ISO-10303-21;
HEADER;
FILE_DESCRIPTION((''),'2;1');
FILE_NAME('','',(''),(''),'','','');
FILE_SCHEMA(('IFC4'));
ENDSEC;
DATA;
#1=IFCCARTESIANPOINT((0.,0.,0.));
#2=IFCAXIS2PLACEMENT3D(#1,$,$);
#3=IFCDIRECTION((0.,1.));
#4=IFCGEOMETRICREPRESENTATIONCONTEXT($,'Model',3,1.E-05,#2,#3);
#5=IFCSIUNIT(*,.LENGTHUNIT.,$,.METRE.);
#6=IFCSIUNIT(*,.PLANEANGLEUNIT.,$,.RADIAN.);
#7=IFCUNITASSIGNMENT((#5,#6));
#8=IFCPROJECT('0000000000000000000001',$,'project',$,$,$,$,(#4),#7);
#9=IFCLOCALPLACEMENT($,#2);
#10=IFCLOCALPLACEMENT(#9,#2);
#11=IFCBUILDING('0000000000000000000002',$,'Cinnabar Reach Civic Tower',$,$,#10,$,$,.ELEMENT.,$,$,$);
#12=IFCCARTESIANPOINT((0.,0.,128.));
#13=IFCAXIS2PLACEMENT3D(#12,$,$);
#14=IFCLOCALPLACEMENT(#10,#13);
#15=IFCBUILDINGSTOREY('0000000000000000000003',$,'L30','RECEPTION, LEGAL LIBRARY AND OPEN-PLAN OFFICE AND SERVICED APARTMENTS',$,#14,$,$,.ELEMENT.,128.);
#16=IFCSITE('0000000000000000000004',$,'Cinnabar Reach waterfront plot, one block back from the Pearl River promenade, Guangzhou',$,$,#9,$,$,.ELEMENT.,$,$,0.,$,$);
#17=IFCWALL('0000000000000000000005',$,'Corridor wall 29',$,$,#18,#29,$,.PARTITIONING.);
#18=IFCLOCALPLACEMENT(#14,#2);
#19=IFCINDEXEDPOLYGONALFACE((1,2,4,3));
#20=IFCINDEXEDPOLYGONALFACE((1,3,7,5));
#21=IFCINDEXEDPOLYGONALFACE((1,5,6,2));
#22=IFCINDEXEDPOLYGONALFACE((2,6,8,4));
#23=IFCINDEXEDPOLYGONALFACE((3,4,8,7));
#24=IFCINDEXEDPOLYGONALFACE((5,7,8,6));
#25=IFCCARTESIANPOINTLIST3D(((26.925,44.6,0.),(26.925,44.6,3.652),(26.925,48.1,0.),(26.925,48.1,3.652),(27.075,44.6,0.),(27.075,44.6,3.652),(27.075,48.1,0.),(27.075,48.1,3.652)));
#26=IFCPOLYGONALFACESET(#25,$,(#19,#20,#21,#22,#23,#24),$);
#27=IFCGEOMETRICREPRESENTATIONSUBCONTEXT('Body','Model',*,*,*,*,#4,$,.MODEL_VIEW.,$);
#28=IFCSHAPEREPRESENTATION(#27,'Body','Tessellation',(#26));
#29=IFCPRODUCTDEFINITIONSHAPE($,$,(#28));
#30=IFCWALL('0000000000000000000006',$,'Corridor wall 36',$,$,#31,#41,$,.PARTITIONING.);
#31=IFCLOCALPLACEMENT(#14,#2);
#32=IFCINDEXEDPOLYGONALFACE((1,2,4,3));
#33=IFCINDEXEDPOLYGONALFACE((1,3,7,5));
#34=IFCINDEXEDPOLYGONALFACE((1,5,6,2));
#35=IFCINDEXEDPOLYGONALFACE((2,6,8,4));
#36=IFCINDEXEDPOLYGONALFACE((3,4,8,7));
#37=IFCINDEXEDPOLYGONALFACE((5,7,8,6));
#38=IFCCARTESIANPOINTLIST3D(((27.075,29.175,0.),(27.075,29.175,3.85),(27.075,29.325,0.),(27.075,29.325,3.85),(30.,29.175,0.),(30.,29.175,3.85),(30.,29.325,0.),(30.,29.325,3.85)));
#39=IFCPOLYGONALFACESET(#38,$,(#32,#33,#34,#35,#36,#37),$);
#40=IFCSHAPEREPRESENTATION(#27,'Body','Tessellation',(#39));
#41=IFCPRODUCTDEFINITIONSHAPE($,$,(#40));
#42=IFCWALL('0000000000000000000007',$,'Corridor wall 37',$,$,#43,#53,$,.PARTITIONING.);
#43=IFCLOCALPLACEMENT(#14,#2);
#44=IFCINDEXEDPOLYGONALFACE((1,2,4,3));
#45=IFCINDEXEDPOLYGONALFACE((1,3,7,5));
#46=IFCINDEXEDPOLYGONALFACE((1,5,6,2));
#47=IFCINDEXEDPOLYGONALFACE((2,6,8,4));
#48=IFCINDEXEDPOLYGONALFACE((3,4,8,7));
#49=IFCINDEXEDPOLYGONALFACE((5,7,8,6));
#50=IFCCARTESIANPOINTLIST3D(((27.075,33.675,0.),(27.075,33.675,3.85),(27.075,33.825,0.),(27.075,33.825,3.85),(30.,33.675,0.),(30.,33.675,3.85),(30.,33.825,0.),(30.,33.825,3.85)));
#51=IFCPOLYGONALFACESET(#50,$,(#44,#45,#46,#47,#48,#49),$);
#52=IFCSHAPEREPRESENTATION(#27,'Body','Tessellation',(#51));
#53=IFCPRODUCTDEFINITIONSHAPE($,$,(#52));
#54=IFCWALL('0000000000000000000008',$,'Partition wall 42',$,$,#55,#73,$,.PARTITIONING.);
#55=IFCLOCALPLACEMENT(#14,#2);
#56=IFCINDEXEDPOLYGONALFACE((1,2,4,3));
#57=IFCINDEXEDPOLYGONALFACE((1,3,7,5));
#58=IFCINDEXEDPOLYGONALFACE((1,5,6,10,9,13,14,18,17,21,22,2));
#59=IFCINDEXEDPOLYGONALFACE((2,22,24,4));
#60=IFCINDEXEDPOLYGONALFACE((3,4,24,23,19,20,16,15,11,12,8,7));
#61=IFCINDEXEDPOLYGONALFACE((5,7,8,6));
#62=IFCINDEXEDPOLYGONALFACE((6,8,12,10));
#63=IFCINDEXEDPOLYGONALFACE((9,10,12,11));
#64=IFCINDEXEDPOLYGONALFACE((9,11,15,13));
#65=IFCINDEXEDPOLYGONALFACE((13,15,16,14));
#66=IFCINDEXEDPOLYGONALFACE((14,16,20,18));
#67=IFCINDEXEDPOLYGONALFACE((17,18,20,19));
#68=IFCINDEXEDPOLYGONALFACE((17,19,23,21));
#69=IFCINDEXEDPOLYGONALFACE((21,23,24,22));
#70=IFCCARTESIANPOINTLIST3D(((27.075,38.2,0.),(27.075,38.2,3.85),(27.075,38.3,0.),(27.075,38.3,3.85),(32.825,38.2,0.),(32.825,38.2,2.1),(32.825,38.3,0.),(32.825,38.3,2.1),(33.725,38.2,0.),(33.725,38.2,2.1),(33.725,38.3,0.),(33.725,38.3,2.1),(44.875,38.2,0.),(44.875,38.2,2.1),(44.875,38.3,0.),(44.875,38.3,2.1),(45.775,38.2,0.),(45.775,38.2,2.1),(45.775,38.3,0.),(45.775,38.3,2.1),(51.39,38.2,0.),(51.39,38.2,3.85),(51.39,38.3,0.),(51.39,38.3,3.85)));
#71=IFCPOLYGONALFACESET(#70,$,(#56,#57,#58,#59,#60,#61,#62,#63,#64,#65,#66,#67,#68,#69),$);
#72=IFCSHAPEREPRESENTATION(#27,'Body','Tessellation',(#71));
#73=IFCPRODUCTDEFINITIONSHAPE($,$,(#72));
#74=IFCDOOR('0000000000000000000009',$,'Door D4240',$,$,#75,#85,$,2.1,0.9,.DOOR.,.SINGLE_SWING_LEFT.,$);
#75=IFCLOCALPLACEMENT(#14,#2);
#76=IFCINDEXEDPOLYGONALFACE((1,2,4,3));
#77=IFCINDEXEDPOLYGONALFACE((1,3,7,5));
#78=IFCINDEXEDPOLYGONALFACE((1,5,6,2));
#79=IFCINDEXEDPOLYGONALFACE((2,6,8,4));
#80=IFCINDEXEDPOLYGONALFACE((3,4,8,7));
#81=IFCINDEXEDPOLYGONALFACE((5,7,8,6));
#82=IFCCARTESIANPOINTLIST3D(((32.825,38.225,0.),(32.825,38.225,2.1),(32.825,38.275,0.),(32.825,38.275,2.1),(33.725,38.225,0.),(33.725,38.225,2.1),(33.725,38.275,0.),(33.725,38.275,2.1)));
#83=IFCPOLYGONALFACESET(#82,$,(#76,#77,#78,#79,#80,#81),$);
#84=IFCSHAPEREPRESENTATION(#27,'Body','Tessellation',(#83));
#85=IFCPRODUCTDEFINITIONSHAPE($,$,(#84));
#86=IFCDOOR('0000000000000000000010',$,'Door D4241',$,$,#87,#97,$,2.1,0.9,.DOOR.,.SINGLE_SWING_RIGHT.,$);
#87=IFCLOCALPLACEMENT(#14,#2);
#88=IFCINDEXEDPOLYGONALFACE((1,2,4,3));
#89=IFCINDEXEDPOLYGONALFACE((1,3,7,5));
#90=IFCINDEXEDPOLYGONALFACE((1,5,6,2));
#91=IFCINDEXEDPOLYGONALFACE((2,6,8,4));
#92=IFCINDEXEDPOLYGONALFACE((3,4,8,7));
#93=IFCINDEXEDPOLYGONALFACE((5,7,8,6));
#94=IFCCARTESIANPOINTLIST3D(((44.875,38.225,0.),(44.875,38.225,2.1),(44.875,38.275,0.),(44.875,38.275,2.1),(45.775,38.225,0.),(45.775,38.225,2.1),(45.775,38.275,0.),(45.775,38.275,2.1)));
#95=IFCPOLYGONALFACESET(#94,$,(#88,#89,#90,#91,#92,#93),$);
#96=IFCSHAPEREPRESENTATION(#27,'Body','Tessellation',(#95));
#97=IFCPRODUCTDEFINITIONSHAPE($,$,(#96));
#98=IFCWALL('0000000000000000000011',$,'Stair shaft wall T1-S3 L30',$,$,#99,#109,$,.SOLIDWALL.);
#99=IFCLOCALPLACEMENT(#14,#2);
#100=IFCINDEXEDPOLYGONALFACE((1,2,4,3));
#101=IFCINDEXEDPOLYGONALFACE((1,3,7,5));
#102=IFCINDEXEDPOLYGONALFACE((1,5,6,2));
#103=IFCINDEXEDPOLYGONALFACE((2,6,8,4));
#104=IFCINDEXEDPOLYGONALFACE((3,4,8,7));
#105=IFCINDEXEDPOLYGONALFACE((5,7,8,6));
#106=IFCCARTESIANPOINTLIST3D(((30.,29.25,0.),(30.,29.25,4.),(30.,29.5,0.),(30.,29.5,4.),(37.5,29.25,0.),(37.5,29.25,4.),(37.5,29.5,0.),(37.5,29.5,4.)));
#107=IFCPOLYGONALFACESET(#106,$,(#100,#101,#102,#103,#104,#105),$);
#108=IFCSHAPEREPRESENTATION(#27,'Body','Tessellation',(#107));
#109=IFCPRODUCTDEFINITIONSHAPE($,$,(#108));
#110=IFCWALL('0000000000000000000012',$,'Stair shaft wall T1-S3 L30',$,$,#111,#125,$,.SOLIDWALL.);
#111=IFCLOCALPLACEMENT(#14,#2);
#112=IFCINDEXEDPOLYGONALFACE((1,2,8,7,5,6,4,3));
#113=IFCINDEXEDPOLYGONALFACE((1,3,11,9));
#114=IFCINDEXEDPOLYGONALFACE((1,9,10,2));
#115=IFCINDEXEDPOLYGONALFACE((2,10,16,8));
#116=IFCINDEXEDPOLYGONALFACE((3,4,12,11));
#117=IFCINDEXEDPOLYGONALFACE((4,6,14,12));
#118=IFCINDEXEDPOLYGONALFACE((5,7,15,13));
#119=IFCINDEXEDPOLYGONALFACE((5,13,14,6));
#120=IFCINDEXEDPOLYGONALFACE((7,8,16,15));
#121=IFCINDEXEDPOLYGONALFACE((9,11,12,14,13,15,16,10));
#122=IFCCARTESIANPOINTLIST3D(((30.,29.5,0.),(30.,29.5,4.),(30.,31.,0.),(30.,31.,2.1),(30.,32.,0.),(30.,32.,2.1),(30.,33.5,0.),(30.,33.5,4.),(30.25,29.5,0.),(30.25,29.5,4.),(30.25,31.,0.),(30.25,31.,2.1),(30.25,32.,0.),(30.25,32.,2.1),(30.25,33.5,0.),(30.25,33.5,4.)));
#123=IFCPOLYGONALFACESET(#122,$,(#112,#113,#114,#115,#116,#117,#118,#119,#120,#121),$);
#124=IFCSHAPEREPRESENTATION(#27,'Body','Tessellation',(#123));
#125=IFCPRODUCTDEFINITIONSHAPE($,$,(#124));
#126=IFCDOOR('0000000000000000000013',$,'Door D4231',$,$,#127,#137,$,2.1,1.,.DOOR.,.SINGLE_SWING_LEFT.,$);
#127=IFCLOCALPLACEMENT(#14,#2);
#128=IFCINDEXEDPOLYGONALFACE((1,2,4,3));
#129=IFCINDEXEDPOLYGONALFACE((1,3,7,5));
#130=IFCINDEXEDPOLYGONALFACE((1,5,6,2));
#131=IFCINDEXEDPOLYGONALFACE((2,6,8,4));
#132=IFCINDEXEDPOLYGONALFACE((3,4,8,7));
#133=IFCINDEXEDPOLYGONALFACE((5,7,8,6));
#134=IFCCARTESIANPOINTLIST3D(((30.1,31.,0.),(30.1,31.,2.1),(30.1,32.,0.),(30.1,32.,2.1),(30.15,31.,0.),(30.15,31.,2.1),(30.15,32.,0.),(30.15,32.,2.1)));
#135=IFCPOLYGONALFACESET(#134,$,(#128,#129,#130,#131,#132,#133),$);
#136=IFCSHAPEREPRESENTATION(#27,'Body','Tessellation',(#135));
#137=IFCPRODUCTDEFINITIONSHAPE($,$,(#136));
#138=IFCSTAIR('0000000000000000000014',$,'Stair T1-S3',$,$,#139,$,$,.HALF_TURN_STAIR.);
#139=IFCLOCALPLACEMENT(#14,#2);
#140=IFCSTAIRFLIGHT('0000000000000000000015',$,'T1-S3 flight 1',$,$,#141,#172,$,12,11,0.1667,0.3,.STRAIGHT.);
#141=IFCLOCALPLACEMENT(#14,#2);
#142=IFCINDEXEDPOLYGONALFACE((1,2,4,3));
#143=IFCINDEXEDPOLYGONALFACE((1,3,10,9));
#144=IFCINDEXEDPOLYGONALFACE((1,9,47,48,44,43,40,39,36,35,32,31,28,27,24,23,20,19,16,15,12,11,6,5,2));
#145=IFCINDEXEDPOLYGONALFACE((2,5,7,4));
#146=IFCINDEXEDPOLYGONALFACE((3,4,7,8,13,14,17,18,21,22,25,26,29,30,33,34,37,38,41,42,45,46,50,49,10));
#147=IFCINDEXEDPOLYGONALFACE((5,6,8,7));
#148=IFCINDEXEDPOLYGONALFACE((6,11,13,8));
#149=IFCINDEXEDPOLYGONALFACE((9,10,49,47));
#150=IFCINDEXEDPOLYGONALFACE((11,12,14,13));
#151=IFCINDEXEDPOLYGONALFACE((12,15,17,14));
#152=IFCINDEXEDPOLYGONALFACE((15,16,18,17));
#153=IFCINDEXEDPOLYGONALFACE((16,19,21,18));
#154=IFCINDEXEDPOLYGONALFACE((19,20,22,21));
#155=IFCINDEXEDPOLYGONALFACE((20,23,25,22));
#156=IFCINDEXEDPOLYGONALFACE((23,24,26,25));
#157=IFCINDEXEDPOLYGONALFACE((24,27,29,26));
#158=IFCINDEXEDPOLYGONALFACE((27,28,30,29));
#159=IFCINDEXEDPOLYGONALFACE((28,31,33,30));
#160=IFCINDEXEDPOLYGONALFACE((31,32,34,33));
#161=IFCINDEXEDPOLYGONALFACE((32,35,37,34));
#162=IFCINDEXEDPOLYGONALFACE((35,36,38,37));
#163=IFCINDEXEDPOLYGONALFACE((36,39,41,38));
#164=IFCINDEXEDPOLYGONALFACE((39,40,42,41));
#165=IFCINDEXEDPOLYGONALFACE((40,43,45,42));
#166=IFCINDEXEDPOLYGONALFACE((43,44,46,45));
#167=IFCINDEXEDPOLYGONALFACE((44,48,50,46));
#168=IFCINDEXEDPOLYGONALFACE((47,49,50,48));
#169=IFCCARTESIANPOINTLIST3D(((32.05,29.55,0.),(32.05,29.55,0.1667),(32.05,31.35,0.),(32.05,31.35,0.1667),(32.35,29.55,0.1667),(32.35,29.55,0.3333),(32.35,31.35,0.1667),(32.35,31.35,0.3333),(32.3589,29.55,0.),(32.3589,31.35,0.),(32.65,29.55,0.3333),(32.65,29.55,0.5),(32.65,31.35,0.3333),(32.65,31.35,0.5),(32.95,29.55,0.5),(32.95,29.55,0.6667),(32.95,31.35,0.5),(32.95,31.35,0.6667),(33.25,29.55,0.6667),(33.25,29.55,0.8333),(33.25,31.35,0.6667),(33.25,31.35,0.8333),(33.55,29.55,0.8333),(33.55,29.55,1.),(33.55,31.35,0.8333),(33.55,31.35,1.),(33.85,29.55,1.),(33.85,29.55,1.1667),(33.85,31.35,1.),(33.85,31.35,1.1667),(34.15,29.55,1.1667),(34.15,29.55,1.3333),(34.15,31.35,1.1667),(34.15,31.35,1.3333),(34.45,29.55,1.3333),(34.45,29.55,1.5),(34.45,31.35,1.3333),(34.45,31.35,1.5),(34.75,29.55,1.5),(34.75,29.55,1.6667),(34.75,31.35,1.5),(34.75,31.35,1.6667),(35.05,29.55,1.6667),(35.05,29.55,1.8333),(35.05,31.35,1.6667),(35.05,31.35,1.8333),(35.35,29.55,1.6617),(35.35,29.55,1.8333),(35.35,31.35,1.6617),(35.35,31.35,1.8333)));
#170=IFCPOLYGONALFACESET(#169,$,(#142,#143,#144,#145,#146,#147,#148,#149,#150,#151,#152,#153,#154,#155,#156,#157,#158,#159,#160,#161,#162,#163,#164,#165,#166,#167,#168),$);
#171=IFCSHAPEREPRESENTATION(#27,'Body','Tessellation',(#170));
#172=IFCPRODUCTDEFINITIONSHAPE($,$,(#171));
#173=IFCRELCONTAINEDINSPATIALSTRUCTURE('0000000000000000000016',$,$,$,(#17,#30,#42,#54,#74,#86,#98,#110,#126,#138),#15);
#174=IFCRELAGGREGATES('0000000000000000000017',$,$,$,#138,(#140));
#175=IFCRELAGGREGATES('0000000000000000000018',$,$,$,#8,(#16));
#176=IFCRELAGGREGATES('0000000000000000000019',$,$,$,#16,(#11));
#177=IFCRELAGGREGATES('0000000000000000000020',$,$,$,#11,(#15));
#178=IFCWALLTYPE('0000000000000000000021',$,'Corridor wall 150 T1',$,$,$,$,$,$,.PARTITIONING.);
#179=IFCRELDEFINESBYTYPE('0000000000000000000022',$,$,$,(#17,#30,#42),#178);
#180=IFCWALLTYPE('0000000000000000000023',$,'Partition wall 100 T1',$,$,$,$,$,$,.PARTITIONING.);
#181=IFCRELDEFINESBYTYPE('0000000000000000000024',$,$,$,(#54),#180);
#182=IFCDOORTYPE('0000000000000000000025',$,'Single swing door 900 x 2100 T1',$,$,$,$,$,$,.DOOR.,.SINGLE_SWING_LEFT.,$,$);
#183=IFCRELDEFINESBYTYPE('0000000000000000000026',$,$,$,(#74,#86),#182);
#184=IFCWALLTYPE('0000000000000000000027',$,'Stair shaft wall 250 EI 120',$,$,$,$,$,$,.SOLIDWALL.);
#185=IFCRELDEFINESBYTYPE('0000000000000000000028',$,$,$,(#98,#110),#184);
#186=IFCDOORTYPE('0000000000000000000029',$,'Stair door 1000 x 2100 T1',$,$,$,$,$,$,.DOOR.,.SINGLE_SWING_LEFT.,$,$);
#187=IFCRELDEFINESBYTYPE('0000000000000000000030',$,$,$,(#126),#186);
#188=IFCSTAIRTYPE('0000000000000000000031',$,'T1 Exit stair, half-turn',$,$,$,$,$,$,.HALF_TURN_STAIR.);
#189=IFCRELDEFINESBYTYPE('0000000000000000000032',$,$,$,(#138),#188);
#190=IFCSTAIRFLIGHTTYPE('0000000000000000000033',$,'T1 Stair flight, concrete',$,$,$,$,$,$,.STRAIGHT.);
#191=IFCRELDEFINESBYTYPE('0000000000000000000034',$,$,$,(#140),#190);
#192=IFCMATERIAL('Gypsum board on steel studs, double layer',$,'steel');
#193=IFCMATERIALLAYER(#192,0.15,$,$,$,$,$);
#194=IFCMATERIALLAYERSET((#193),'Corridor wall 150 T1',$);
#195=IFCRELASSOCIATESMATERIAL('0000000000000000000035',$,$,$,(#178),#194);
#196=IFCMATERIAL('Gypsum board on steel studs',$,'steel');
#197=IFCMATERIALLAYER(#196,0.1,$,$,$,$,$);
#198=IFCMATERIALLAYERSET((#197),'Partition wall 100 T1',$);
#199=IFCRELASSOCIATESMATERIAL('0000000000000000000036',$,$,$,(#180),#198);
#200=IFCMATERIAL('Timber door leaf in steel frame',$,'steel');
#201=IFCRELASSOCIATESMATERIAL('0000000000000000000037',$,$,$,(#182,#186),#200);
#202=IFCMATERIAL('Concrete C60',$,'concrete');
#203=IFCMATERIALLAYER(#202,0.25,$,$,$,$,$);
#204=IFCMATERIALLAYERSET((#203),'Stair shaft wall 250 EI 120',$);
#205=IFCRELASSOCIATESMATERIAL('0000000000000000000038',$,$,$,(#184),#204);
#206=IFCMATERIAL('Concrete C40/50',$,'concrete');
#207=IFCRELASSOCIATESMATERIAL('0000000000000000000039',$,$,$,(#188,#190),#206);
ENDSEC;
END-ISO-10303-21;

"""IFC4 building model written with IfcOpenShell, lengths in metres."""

from ifc_helpers import new_model, si_unit, direction, frame, frame_2d, origin, place, context, subcontext, project, spatial, polyline, rectangle, outline, extrude, material, layer, layer_set, type_object, element, fill, aggregate, save


model = new_model("IFC4")

# Units and contexts
model_context = context("Model", 3, precision=1e-05, world=origin(), true_north=direction((0.0, 1.0)))
body_context = subcontext(model_context, "Body", "Model", "MODEL_VIEW")
ifc_project = project(units=[si_unit("LENGTHUNIT", "METRE"), si_unit("PLANEANGLEUNIT", "RADIAN")], contexts=[model_context])

# Site, building, storey
site_placement = place(None, origin())
site = spatial("IfcSite", under=ifc_project, at=site_placement, Name="Cinnabar Reach waterfront plot, one block back from the Pearl River promenade, Guangzhou", CompositionType="ELEMENT", RefElevation=0.0)
building_placement = place(site_placement, origin())
building = spatial("IfcBuilding", under=site, at=building_placement, Name="Cinnabar Reach Civic Tower", CompositionType="ELEMENT")
storey_placement = place(building_placement, frame((0.0, 0.0, 128.0)))
storey = spatial("IfcBuildingStorey", under=building, at=storey_placement, Name="L30", Description="RECEPTION, LEGAL LIBRARY AND OPEN-PLAN OFFICE AND SERVICED APARTMENTS", CompositionType="ELEMENT", Elevation=128.0)

# Shared definitions
ifc_material_1 = material(Name="Gypsum board on steel studs, double layer", Category="steel")
ifc_layer_1 = layer(ifc_material_1, 0.15)
ifc_layer_set_1 = layer_set([ifc_layer_1], Name="Corridor wall 150 T1")
wall_type_1 = type_object("IfcWallType", Name="Corridor wall 150 T1", PredefinedType="PARTITIONING", material=ifc_layer_set_1)

# Shared definitions
ifc_material_2 = material(Name="Timber door leaf in steel frame", Category="steel")

# Walls
wall_1_placement = place(storey_placement, frame((27.0, 44.6, 0.0), z_axis=(0.0, 0.0, 1.0), x_axis=(0.0, 1.0, 0.0)))
element("IfcWall", 1, at=wall_1_placement, inside=storey, type_object=wall_type_1, Name="Corridor wall 29", PredefinedType="PARTITIONING", context=body_context, shape_type="SweptSolid", body=[
    extrude(rectangle(XDim=3.5, YDim=0.15, at=frame_2d((1.75, 0.0))), origin(), (0.0, 0.0, 1.0), 3.652),
])
for number, where, z_axis, x_axis, name in (
    (2, (27.075, 29.25, 0.0), (0.0, 0.0, 1.0), (1.0, 0.0, 0.0), "Corridor wall 36"),
    (3, (27.075, 33.75, 0.0), (0.0, 0.0, 1.0), (1.0, 0.0, 0.0), "Corridor wall 37"),
):
    element("IfcWall", number, at=place(storey_placement, frame(where, z_axis=z_axis, x_axis=x_axis)), inside=storey, type_object=wall_type_1, Name=name, PredefinedType="PARTITIONING", context=body_context, shape_type="SweptSolid", body=[
        extrude(rectangle(XDim=2.925, YDim=0.15, at=frame_2d((1.4625, 0.0))), origin(), (0.0, 0.0, 1.0), 3.85),
    ])

# Wall, openings, doors
ifc_material_3 = material(Name="Gypsum board on steel studs", Category="steel")
ifc_layer_2 = layer(ifc_material_3, 0.1)
ifc_layer_set_2 = layer_set([ifc_layer_2], Name="Partition wall 100 T1")
wall_type_2 = type_object("IfcWallType", Name="Partition wall 100 T1", PredefinedType="PARTITIONING", material=ifc_layer_set_2)
wall_2_placement = place(storey_placement, frame((27.075, 38.25, 0.0), z_axis=(0.0, 0.0, 1.0), x_axis=(1.0, 0.0, 0.0)))
wall_2 = element("IfcWall", 4, at=wall_2_placement, inside=storey, type_object=wall_type_2, Name="Partition wall 42", PredefinedType="PARTITIONING", context=body_context, shape_type="SweptSolid", body=[
    extrude(rectangle(XDim=24.315, YDim=0.1, at=frame_2d((12.1575, 0.0))), origin(), (0.0, 0.0, 1.0), 3.85),
])
opening_1_placement = place(wall_2_placement, frame((5.75, 0.0, 0.0)))
opening_1 = element("IfcOpeningElement", 5, at=opening_1_placement, cuts=wall_2, PredefinedType="OPENING", context=body_context, shape_type="SweptSolid", body=[
    extrude(rectangle(XDim=0.9, YDim=2.1, at=frame_2d((0.45, 1.05))), frame((0.0, 0.06, 0.0), z_axis=(0.0, -1.0, 0.0), x_axis=(1.0, 0.0, 0.0)), (0.0, 0.0, 1.0), 0.12),
])
opening_2_placement = place(wall_2_placement, frame((17.8, 0.0, 0.0)))
opening_2 = element("IfcOpeningElement", 6, at=opening_2_placement, cuts=wall_2, PredefinedType="OPENING", context=body_context, shape_type="SweptSolid", body=[
    extrude(rectangle(XDim=0.9, YDim=2.1, at=frame_2d((0.45, 1.05))), frame((0.0, 0.06, 0.0), z_axis=(0.0, -1.0, 0.0), x_axis=(1.0, 0.0, 0.0)), (0.0, 0.0, 1.0), 0.12),
])
door_type_1 = type_object("IfcDoorType", Name="Single swing door 900 x 2100 T1", OperationType="SINGLE_SWING_LEFT", PredefinedType="DOOR", material=ifc_material_2)
door_1_placement = place(opening_1_placement, origin())
door_1 = element("IfcDoor", 7, at=door_1_placement, inside=storey, type_object=door_type_1, Name="Door D4240", OperationType="SINGLE_SWING_LEFT", OverallHeight=2.1, OverallWidth=0.9, PredefinedType="DOOR", context=body_context, shape_type="SweptSolid", body=[
    extrude(rectangle(XDim=0.9, YDim=2.1, at=frame_2d((0.45, 1.05))), frame((0.0, 0.025, 0.0), z_axis=(0.0, -1.0, 0.0), x_axis=(1.0, 0.0, 0.0)), (0.0, 0.0, 1.0), 0.05),
])
fill(opening_1, door_1)
door_2_placement = place(opening_2_placement, origin())
door_2 = element("IfcDoor", 8, at=door_2_placement, inside=storey, type_object=door_type_1, Name="Door D4241", OperationType="SINGLE_SWING_RIGHT", OverallHeight=2.1, OverallWidth=0.9, PredefinedType="DOOR", context=body_context, shape_type="SweptSolid", body=[
    extrude(rectangle(XDim=0.9, YDim=2.1, at=frame_2d((0.45, 1.05))), frame((0.0, 0.025, 0.0), z_axis=(0.0, -1.0, 0.0), x_axis=(1.0, 0.0, 0.0)), (0.0, 0.0, 1.0), 0.05),
])
fill(opening_2, door_2)

# Wall
ifc_material_4 = material(Name="Concrete C60", Category="concrete")
ifc_layer_3 = layer(ifc_material_4, 0.25)
ifc_layer_set_3 = layer_set([ifc_layer_3], Name="Stair shaft wall 250 EI 120")
wall_type_3 = type_object("IfcWallType", Name="Stair shaft wall 250 EI 120", PredefinedType="SOLIDWALL", material=ifc_layer_set_3)
wall_3_placement = place(storey_placement, frame((30.0, 29.375, 0.0), z_axis=(0.0, 0.0, 1.0), x_axis=(1.0, 0.0, 0.0)))
element("IfcWall", 9, at=wall_3_placement, inside=storey, type_object=wall_type_3, Name="Stair shaft wall T1-S3 L30", PredefinedType="SOLIDWALL", context=body_context, shape_type="SweptSolid", body=[
    extrude(rectangle(XDim=7.5, YDim=0.25, at=frame_2d((3.75, 0.0))), origin(), (0.0, 0.0, 1.0), 4.0),
])

# Wall, opening, door
wall_4_placement = place(storey_placement, frame((30.125, 33.5, 0.0), z_axis=(0.0, 0.0, 1.0), x_axis=(0.0, -1.0, 0.0)))
wall_4 = element("IfcWall", 10, at=wall_4_placement, inside=storey, type_object=wall_type_3, Name="Stair shaft wall T1-S3 L30", PredefinedType="SOLIDWALL", context=body_context, shape_type="SweptSolid", body=[
    extrude(rectangle(XDim=4.0, YDim=0.25, at=frame_2d((2.0, 0.0))), origin(), (0.0, 0.0, 1.0), 4.0),
])
opening_3_placement = place(wall_4_placement, frame((1.5, 0.0, 0.0)))
opening_3 = element("IfcOpeningElement", 11, at=opening_3_placement, cuts=wall_4, PredefinedType="OPENING", context=body_context, shape_type="SweptSolid", body=[
    extrude(rectangle(XDim=1.0, YDim=2.1, at=frame_2d((0.5, 1.05))), frame((0.0, 0.135, 0.0), z_axis=(0.0, -1.0, 0.0), x_axis=(1.0, 0.0, 0.0)), (0.0, 0.0, 1.0), 0.27),
])
door_type_2 = type_object("IfcDoorType", Name="Stair door 1000 x 2100 T1", OperationType="SINGLE_SWING_LEFT", PredefinedType="DOOR", material=ifc_material_2)
door_3_placement = place(opening_3_placement, origin())
door_3 = element("IfcDoor", 12, at=door_3_placement, inside=storey, type_object=door_type_2, Name="Door D4231", OperationType="SINGLE_SWING_LEFT", OverallHeight=2.1, OverallWidth=1.0, PredefinedType="DOOR", context=body_context, shape_type="SweptSolid", body=[
    extrude(rectangle(XDim=1.0, YDim=2.1, at=frame_2d((0.5, 1.05))), frame((0.0, 0.025, 0.0), z_axis=(0.0, -1.0, 0.0), x_axis=(1.0, 0.0, 0.0)), (0.0, 0.0, 1.0), 0.05),
])
fill(opening_3, door_3)

# Stair, stair flight
ifc_material_5 = material(Name="Concrete C40/50", Category="concrete")
stair_type = type_object("IfcStairType", Name="T1 Exit stair, half-turn", PredefinedType="HALF_TURN_STAIR", material=ifc_material_5)
stair_placement = place(storey_placement, origin())
stair = element("IfcStair", 13, at=stair_placement, inside=storey, type_object=stair_type, Name="Stair T1-S3", PredefinedType="HALF_TURN_STAIR")
stair_flight_type = type_object("IfcStairFlightType", Name="T1 Stair flight, concrete", PredefinedType="STRAIGHT", material=ifc_material_5)
stair_flight_1_placement = place(storey_placement, frame((32.05, 30.45, 0.0), z_axis=(0.0, 0.0, 1.0), x_axis=(1.0, 0.0, 0.0)))
stair_flight_1 = element("IfcStairFlight", 14, at=stair_flight_1_placement, type_object=stair_flight_type, Name="T1-S3 flight 1", NumberOfRisers=12, NumberOfTreads=11, PredefinedType="STRAIGHT", RiserHeight=0.1667, TreadLength=0.3, context=body_context, shape_type="SweptSolid", body=[
    extrude(outline(polyline([(0.0, 0.0), (0.0, 0.1667), (0.3, 0.1667), (0.3, 0.3333), (0.6, 0.3333), (0.6, 0.5), (0.9, 0.5), (0.9, 0.6667), (1.2, 0.6667), (1.2, 0.8333), (1.5, 0.8333), (1.5, 1.0), (1.8, 1.0), (1.8, 1.1667), (2.1, 1.1667), (2.1, 1.3333), (2.4, 1.3333), (2.4, 1.5), (2.7, 1.5), (2.7, 1.6667), (3.0, 1.6667), (3.0, 1.8333), (3.3, 1.8333), (3.3, 2.0), (3.3, 1.6617), (0.3089, 0.0), (0.0, 0.0)])), frame((0.0, 0.9, 0.0), z_axis=(0.0, -1.0, 0.0), x_axis=(1.0, 0.0, 0.0)), (0.0, 0.0, 1.0), 1.8),
])
aggregate(stair, [stair_flight_1])

save(model, "model.ifc")
